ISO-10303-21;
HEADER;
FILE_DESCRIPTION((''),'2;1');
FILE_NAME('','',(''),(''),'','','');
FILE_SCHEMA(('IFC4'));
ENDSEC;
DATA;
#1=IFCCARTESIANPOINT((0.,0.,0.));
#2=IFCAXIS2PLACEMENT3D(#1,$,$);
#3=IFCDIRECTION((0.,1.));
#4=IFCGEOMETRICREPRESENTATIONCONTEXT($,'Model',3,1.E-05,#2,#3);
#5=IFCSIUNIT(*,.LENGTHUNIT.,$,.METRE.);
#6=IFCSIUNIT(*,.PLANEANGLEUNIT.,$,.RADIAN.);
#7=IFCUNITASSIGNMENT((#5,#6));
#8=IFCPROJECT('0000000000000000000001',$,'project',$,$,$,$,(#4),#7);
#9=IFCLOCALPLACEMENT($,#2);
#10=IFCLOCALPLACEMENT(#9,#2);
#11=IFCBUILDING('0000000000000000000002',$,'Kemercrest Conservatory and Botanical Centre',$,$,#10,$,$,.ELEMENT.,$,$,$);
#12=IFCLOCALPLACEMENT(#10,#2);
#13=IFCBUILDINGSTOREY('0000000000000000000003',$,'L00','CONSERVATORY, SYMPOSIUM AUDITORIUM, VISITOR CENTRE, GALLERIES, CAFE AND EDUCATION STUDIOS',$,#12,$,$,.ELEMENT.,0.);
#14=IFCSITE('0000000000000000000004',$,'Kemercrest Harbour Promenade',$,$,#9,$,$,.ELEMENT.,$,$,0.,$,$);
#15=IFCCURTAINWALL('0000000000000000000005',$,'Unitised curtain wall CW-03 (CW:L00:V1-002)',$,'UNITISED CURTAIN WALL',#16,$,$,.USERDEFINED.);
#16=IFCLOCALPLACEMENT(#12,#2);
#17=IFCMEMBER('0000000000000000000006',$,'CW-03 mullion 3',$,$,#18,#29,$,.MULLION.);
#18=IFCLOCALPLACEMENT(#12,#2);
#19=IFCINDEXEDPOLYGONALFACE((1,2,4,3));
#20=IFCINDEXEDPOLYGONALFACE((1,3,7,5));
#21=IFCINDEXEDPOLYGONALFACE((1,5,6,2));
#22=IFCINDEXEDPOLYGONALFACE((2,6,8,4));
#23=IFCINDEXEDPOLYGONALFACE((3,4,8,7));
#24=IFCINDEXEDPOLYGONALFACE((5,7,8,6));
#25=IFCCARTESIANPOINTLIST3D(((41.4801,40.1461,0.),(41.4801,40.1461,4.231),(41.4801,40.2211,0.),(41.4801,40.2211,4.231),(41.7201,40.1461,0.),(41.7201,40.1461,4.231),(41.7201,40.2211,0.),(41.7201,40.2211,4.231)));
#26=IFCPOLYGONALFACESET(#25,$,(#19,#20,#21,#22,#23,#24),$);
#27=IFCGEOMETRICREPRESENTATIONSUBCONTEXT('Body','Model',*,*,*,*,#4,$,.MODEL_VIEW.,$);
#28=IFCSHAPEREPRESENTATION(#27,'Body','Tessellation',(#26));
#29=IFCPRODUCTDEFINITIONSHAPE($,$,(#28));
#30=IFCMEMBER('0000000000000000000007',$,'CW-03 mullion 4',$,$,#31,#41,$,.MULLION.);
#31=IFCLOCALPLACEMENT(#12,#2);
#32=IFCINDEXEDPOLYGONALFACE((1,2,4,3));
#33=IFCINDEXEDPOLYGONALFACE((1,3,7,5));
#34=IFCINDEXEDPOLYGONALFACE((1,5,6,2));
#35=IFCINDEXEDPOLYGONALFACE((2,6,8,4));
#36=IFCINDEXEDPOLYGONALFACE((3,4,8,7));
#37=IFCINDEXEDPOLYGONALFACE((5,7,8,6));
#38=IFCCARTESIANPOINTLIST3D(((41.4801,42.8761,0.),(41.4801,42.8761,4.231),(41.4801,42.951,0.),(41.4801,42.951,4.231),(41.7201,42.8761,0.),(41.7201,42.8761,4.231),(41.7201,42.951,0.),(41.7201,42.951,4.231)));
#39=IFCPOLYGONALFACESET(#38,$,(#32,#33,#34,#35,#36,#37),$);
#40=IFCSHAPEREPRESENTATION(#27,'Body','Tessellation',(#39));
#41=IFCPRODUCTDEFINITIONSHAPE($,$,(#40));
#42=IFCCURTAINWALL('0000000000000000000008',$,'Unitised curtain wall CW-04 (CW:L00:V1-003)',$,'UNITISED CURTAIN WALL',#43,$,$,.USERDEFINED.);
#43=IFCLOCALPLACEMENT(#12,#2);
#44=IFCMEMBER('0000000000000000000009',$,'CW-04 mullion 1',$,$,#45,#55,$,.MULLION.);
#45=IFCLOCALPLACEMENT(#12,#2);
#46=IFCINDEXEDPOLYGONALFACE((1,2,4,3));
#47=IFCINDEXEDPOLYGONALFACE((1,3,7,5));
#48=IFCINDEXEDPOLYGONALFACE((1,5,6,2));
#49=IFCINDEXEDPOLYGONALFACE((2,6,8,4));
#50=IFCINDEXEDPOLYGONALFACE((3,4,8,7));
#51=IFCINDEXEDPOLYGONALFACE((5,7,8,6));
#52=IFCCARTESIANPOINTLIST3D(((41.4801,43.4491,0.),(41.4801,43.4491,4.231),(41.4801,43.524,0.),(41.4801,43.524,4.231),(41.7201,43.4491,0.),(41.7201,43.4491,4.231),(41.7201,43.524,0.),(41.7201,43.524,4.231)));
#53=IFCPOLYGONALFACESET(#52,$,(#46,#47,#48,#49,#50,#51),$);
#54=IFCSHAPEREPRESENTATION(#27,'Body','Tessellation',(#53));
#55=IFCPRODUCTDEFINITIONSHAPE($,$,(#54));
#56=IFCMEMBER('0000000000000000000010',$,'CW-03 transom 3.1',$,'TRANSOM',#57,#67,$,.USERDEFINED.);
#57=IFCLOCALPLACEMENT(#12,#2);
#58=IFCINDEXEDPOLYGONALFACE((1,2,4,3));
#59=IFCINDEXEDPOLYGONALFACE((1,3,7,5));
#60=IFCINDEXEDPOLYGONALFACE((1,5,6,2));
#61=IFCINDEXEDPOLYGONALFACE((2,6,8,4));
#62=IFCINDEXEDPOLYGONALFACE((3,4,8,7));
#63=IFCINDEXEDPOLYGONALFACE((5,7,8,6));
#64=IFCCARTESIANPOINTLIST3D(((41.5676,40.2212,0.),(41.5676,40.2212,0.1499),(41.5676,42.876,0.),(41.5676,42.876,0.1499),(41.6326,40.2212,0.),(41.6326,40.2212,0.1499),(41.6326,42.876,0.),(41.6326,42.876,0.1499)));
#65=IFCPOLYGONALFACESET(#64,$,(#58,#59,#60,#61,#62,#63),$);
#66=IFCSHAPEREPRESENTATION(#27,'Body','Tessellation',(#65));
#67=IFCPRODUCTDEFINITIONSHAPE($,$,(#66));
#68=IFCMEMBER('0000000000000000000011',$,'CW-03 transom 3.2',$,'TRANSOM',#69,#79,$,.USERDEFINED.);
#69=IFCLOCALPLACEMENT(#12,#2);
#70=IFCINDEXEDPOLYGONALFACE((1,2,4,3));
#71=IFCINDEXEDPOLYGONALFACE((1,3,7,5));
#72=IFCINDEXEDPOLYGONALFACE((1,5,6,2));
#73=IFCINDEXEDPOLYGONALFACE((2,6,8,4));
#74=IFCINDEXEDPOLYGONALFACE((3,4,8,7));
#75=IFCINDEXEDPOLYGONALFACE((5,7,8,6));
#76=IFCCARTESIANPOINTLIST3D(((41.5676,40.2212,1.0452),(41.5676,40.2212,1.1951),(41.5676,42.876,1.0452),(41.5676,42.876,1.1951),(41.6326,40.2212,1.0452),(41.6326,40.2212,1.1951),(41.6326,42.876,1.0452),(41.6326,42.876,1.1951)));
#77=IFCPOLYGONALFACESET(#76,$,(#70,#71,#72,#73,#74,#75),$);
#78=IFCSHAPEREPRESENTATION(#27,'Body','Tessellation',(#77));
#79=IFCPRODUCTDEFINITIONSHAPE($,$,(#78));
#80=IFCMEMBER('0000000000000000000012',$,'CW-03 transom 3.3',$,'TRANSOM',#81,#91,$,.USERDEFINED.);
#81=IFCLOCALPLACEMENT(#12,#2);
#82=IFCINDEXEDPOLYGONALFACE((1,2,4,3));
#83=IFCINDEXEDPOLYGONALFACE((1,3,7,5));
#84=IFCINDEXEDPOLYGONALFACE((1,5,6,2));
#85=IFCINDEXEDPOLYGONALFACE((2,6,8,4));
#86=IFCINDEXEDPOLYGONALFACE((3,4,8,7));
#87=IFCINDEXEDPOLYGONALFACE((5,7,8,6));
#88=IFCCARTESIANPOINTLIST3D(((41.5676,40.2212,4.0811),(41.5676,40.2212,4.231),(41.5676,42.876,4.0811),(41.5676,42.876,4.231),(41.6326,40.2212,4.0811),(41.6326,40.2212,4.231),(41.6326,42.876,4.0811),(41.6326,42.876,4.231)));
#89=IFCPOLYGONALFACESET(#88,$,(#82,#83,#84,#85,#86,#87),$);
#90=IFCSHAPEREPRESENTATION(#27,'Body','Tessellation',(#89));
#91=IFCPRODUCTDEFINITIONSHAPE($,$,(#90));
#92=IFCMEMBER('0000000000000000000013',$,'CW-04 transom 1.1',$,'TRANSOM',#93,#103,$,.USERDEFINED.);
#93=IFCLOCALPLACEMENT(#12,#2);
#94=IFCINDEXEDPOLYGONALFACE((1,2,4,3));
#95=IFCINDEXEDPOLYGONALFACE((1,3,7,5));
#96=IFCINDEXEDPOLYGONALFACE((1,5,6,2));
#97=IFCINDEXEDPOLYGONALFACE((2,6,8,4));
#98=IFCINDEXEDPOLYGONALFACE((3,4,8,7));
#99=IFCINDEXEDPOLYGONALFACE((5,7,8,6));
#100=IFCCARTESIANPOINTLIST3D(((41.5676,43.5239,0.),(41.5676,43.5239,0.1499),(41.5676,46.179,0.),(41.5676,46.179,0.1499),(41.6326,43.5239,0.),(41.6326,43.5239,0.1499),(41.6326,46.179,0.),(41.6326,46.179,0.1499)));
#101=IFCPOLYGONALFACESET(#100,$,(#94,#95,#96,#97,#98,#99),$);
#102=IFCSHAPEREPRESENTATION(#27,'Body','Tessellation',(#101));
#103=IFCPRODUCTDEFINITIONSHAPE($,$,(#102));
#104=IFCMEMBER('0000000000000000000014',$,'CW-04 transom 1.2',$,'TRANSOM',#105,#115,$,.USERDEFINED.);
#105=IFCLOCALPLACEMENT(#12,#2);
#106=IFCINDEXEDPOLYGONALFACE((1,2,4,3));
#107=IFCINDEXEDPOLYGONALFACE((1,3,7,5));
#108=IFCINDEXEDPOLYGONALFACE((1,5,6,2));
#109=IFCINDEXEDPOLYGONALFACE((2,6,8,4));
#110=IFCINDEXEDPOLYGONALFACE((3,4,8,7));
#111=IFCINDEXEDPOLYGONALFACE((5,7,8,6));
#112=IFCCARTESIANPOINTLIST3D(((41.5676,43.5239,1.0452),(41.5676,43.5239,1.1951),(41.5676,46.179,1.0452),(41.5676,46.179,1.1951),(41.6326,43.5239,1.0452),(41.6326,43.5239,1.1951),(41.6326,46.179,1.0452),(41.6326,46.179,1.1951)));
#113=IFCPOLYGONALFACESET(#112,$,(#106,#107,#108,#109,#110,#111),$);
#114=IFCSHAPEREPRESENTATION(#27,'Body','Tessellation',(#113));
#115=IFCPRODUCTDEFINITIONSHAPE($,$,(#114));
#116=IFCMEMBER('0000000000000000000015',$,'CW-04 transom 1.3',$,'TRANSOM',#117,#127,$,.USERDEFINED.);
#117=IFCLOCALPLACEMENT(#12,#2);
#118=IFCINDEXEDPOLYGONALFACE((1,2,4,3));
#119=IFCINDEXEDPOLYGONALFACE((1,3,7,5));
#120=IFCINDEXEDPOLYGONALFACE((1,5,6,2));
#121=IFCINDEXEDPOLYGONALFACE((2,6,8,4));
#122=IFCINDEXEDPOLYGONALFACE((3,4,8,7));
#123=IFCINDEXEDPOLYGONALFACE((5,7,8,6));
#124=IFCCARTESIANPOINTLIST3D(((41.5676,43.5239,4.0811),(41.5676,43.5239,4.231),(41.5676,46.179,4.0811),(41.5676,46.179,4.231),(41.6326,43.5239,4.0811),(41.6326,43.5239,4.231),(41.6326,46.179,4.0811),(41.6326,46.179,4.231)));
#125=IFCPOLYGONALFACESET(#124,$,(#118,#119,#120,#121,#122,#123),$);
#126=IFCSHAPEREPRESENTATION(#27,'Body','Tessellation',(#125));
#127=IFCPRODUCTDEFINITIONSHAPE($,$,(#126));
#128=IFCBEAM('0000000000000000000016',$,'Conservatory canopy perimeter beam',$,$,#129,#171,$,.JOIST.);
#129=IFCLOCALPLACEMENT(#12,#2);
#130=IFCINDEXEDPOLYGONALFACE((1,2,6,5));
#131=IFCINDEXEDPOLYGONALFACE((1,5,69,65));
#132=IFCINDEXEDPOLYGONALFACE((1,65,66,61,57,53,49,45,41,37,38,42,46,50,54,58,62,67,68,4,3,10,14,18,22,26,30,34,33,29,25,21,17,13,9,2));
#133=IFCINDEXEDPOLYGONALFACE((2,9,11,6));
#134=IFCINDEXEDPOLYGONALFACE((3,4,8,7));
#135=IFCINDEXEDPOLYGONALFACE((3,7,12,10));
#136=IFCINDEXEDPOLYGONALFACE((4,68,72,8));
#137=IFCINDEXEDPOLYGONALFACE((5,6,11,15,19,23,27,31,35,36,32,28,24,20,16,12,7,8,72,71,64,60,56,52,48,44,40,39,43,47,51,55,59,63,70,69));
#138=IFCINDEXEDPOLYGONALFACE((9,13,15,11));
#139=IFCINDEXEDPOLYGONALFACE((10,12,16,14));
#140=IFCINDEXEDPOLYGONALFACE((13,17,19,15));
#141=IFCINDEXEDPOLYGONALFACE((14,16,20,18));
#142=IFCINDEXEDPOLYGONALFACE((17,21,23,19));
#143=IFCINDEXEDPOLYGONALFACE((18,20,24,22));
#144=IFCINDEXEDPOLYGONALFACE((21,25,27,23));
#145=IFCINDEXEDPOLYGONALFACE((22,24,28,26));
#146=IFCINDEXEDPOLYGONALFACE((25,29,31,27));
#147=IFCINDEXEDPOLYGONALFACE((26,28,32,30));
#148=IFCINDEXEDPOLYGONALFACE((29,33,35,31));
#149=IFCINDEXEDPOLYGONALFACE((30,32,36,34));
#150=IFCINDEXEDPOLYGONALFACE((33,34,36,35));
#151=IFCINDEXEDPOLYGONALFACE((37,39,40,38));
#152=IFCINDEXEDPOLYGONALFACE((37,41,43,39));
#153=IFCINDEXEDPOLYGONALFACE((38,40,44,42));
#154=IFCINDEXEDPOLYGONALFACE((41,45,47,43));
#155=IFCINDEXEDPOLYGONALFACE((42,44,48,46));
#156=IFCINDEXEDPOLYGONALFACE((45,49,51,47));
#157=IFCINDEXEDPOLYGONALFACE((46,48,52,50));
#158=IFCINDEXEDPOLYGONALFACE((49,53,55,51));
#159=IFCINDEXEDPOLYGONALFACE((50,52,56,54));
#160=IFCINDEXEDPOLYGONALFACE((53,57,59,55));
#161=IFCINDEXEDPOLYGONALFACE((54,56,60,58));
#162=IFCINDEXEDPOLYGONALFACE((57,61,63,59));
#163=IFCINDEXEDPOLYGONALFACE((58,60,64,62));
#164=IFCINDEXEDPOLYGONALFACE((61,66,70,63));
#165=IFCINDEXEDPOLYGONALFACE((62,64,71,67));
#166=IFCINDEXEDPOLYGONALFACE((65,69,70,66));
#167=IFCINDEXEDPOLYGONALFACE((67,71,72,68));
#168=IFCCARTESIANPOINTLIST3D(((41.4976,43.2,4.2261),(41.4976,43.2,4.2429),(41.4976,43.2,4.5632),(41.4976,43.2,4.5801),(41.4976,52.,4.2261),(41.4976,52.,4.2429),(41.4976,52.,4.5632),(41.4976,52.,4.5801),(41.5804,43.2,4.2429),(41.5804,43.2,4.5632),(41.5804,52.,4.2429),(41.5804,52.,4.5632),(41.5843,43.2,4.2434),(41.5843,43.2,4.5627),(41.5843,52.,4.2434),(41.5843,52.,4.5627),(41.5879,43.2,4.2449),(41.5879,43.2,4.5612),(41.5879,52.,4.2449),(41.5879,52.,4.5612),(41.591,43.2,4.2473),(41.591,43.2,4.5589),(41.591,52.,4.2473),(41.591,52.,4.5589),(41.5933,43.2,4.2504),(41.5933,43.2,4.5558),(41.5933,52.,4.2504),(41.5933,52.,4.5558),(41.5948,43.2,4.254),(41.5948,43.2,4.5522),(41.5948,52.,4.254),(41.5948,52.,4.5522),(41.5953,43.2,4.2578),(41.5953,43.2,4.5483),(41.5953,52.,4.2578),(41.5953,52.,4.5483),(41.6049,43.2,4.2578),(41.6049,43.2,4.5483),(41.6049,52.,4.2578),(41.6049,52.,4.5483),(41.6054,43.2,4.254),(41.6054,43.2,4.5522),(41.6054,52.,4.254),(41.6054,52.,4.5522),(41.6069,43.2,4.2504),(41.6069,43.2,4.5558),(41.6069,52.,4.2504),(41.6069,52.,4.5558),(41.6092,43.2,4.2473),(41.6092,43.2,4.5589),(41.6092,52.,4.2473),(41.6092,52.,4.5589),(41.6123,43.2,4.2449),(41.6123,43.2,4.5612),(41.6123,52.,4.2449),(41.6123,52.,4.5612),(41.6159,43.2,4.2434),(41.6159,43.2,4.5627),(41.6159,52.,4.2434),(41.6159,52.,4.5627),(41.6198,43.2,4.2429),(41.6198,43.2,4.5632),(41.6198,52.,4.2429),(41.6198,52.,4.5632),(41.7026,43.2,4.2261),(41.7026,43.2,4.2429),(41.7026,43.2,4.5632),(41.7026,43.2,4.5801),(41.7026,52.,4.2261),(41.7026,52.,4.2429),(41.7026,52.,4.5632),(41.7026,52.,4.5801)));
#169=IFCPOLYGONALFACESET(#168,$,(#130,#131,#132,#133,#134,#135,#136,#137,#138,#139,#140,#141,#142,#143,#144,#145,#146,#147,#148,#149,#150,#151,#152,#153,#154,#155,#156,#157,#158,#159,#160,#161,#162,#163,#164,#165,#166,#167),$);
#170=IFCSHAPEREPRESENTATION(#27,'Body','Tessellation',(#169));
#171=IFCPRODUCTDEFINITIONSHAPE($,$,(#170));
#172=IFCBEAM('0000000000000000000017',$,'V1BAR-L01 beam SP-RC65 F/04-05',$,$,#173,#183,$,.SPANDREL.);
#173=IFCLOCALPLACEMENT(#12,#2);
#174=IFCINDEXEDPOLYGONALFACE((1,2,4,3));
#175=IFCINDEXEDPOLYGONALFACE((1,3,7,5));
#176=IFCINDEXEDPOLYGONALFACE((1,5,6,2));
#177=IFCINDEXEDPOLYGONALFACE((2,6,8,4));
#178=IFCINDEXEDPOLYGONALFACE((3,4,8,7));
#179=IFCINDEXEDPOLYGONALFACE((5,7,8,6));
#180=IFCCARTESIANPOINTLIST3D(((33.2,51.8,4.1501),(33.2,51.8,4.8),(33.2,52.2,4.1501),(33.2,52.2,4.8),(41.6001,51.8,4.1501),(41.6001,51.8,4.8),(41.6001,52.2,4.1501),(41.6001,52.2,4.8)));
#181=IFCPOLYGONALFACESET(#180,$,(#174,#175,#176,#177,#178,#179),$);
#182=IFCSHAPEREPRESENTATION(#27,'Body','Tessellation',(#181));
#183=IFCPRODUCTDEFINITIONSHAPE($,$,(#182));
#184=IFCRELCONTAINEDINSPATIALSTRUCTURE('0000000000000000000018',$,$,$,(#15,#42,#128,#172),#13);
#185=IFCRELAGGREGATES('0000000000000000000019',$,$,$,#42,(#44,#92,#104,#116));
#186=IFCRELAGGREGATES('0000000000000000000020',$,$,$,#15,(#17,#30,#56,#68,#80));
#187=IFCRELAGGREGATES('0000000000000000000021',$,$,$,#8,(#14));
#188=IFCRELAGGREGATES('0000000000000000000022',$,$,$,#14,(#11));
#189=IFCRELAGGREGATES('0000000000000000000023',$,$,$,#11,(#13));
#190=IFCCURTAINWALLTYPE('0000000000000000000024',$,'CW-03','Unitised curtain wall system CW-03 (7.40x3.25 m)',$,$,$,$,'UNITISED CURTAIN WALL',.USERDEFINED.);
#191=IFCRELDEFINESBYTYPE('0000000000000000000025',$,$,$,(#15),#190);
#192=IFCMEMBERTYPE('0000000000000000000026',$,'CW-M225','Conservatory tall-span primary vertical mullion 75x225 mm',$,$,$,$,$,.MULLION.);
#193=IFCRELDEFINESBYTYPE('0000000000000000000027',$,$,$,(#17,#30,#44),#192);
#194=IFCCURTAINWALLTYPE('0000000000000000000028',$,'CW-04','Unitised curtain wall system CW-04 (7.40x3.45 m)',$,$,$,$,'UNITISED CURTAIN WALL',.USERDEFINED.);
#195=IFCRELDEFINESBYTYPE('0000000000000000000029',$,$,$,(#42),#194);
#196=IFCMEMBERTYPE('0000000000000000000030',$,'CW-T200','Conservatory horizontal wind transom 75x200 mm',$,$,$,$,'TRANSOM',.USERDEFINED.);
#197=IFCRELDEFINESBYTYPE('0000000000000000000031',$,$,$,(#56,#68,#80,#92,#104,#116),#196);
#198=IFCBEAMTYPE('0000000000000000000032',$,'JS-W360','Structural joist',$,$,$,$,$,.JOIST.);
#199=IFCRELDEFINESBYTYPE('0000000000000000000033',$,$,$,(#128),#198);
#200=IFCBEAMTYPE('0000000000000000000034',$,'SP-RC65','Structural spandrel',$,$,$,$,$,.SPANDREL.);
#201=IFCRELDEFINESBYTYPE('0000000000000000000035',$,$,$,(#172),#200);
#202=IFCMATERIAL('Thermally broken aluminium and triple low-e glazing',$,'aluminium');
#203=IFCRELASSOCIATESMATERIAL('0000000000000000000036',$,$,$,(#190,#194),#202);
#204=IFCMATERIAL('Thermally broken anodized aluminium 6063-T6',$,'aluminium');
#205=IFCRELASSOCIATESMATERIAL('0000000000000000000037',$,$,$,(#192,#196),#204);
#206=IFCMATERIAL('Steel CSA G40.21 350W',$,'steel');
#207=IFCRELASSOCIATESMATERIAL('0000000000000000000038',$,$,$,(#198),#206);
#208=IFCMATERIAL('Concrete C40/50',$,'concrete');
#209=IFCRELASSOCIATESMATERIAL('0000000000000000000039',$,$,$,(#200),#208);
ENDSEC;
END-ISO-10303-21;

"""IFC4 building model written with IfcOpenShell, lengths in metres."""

from ifc_helpers import new_model, si_unit, direction, frame, origin, origin_2d, place, context, subcontext, project, spatial, rectangle, i_section, extrude, material, material_profile, profile_set, type_object, element, aggregate, save


model = new_model("IFC4")

# Units and contexts
model_context = context("Model", 3, precision=1e-05, world=origin(), true_north=direction((0.0, 1.0)))
body_context = subcontext(model_context, "Body", "Model", "MODEL_VIEW")
ifc_project = project(units=[si_unit("LENGTHUNIT", "METRE"), si_unit("PLANEANGLEUNIT", "RADIAN")], contexts=[model_context])

# Site, building, storey
site_placement = place(None, origin())
site = spatial("IfcSite", under=ifc_project, at=site_placement, Name="Kemercrest Harbour Promenade", CompositionType="ELEMENT", RefElevation=0.0)
building_placement = place(site_placement, origin())
building = spatial("IfcBuilding", under=site, at=building_placement, Name="Kemercrest Conservatory and Botanical Centre", CompositionType="ELEMENT")
storey_placement = place(building_placement, origin())
storey = spatial("IfcBuildingStorey", under=building, at=storey_placement, Name="L00", Description="CONSERVATORY, SYMPOSIUM AUDITORIUM, VISITOR CENTRE, GALLERIES, CAFE AND EDUCATION STUDIOS", CompositionType="ELEMENT", Elevation=0.0)

# Shared definitions
ifc_material_1 = material(Name="Steel CSA G40.21 350W", Category="steel")

# Shared definitions
ifc_material_2 = material(Name="Concrete C40/50", Category="concrete")

# Curtain wall, members
ifc_material_3 = material(Name="Thermally broken aluminium and triple low-e glazing", Category="aluminium")
curtain_wall_type_1 = type_object("IfcCurtainWallType", Name="CW-03", Description="Unitised curtain wall system CW-03 (7.40x3.25 m)", ElementType="UNITISED CURTAIN WALL", PredefinedType="USERDEFINED", material=ifc_material_3)
curtain_wall_1_placement = place(storey_placement, origin())
curtain_wall_1 = element("IfcCurtainWall", 1, at=curtain_wall_1_placement, inside=storey, type_object=curtain_wall_type_1, Name="Unitised curtain wall CW-03 (CW:L00:V1-002)", ObjectType="UNITISED CURTAIN WALL", PredefinedType="USERDEFINED")
ifc_material_4 = material(Name="Thermally broken anodized aluminium 6063-T6", Category="aluminium")
ifc_material_profile_1 = material_profile(ifc_material_4, rectangle(XDim=0.24, YDim=0.075, at=origin_2d()), Name="AL MULLION 75x240")
ifc_profile_set_1 = profile_set([ifc_material_profile_1], Name="Thermally broken anodized aluminium 6063-T6")
member_type_1 = type_object("IfcMemberType", Name="CW-M225", Description="Conservatory tall-span primary vertical mullion 75x225 mm", PredefinedType="MULLION", material=ifc_profile_set_1)
member_1_placement = place(storey_placement, frame((41.6001, 40.1836, 0.0), z_axis=(0.0, 0.0, 1.0), x_axis=(-1.0, 0.0, 0.0)))
member_1 = element("IfcMember", 2, at=member_1_placement, type_object=member_type_1, Name="CW-03 mullion 3", PredefinedType="MULLION", context=body_context, shape_type="SweptSolid", body=[
    extrude(rectangle(XDim=0.24, YDim=0.075, at=origin_2d()), origin(), (0.0, 0.0, 1.0), 4.231),
])
member_2_placement = place(storey_placement, frame((41.6001, 42.9136, 0.0), z_axis=(0.0, 0.0, 1.0), x_axis=(-1.0, 0.0, 0.0)))
member_2 = element("IfcMember", 3, at=member_2_placement, type_object=member_type_1, Name="CW-03 mullion 4", PredefinedType="MULLION", context=body_context, shape_type="SweptSolid", body=[
    extrude(rectangle(XDim=0.24, YDim=0.075, at=origin_2d()), origin(), (0.0, 0.0, 1.0), 4.231),
])

# Curtain wall, member
curtain_wall_type_2 = type_object("IfcCurtainWallType", Name="CW-04", Description="Unitised curtain wall system CW-04 (7.40x3.45 m)", ElementType="UNITISED CURTAIN WALL", PredefinedType="USERDEFINED", material=ifc_material_3)
curtain_wall_2_placement = place(storey_placement, origin())
curtain_wall_2 = element("IfcCurtainWall", 4, at=curtain_wall_2_placement, inside=storey, type_object=curtain_wall_type_2, Name="Unitised curtain wall CW-04 (CW:L00:V1-003)", ObjectType="UNITISED CURTAIN WALL", PredefinedType="USERDEFINED")
member_3_placement = place(storey_placement, frame((41.6001, 43.4866, 0.0), z_axis=(0.0, 0.0, 1.0), x_axis=(-1.0, 0.0, 0.0)))
member_3 = element("IfcMember", 5, at=member_3_placement, type_object=member_type_1, Name="CW-04 mullion 1", PredefinedType="MULLION", context=body_context, shape_type="SweptSolid", body=[
    extrude(rectangle(XDim=0.24, YDim=0.075, at=origin_2d()), origin(), (0.0, 0.0, 1.0), 4.231),
])

# Members
ifc_material_profile_2 = material_profile(ifc_material_4, rectangle(XDim=0.0649, YDim=0.1499, at=origin_2d()), Name="AL TRANSOM 65x150")
ifc_profile_set_2 = profile_set([ifc_material_profile_2], Name="Thermally broken anodized aluminium 6063-T6")
member_type_2 = type_object("IfcMemberType", Name="CW-T200", Description="Conservatory horizontal wind transom 75x200 mm", ElementType="TRANSOM", PredefinedType="USERDEFINED", material=ifc_profile_set_2)
member_4_placement = place(storey_placement, frame((41.6001, 40.2212, 0.075), z_axis=(0.0, 1.0, 0.0), x_axis=(-1.0, 0.0, 0.0)))
member_4 = element("IfcMember", 6, at=member_4_placement, type_object=member_type_2, Name="CW-03 transom 3.1", ObjectType="TRANSOM", PredefinedType="USERDEFINED", context=body_context, shape_type="SweptSolid", body=[
    extrude(rectangle(XDim=0.0649, YDim=0.1499, at=origin_2d()), origin(), (0.0, 0.0, 1.0), 2.6548),
])
member_5_placement = place(storey_placement, frame((41.6001, 40.2212, 1.1201), z_axis=(0.0, 1.0, 0.0), x_axis=(-1.0, 0.0, 0.0)))
member_5 = element("IfcMember", 7, at=member_5_placement, type_object=member_type_2, Name="CW-03 transom 3.2", ObjectType="TRANSOM", PredefinedType="USERDEFINED", context=body_context, shape_type="SweptSolid", body=[
    extrude(rectangle(XDim=0.0649, YDim=0.1499, at=origin_2d()), origin(), (0.0, 0.0, 1.0), 2.6548),
])
member_6_placement = place(storey_placement, frame((41.6001, 40.2212, 4.156), z_axis=(0.0, 1.0, 0.0), x_axis=(-1.0, 0.0, 0.0)))
member_6 = element("IfcMember", 8, at=member_6_placement, type_object=member_type_2, Name="CW-03 transom 3.3", ObjectType="TRANSOM", PredefinedType="USERDEFINED", context=body_context, shape_type="SweptSolid", body=[
    extrude(rectangle(XDim=0.0649, YDim=0.1499, at=origin_2d()), origin(), (0.0, 0.0, 1.0), 2.6548),
])
member_7_placement = place(storey_placement, frame((41.6001, 43.5239, 0.075), z_axis=(0.0, 1.0, 0.0), x_axis=(-1.0, 0.0, 0.0)))
member_7 = element("IfcMember", 9, at=member_7_placement, type_object=member_type_2, Name="CW-04 transom 1.1", ObjectType="TRANSOM", PredefinedType="USERDEFINED", context=body_context, shape_type="SweptSolid", body=[
    extrude(rectangle(XDim=0.0649, YDim=0.1499, at=origin_2d()), origin(), (0.0, 0.0, 1.0), 2.655),
])
member_8_placement = place(storey_placement, frame((41.6001, 43.5239, 1.1201), z_axis=(0.0, 1.0, 0.0), x_axis=(-1.0, 0.0, 0.0)))
member_8 = element("IfcMember", 10, at=member_8_placement, type_object=member_type_2, Name="CW-04 transom 1.2", ObjectType="TRANSOM", PredefinedType="USERDEFINED", context=body_context, shape_type="SweptSolid", body=[
    extrude(rectangle(XDim=0.0649, YDim=0.1499, at=origin_2d()), origin(), (0.0, 0.0, 1.0), 2.655),
])
member_9_placement = place(storey_placement, frame((41.6001, 43.5239, 4.156), z_axis=(0.0, 1.0, 0.0), x_axis=(-1.0, 0.0, 0.0)))
member_9 = element("IfcMember", 11, at=member_9_placement, type_object=member_type_2, Name="CW-04 transom 1.3", ObjectType="TRANSOM", PredefinedType="USERDEFINED", context=body_context, shape_type="SweptSolid", body=[
    extrude(rectangle(XDim=0.0649, YDim=0.1499, at=origin_2d()), origin(), (0.0, 0.0, 1.0), 2.655),
])
aggregate(curtain_wall_2, [member_3, member_7, member_8, member_9])

# Beams
ifc_material_profile_3 = material_profile(ifc_material_1, i_section(OverallWidth=0.2051, OverallDepth=0.354, WebThickness=0.0095, FlangeThickness=0.0168, FilletRadius=0.0149, at=origin_2d()), Name="W360X79")
ifc_profile_set_3 = profile_set([ifc_material_profile_3], Name="Steel CSA G40.21 350W")
beam_type_1 = type_object("IfcBeamType", Name="JS-W360", Description="Structural joist", PredefinedType="JOIST", material=ifc_profile_set_3)
beam_1_placement = place(storey_placement, frame((41.6001, 43.2, 4.4031), z_axis=(0.0, 1.0, 0.0), x_axis=(-1.0, 0.0, 0.0)))
element("IfcBeam", 12, at=beam_1_placement, inside=storey, type_object=beam_type_1, Name="Conservatory canopy perimeter beam", PredefinedType="JOIST", context=body_context, shape_type="SweptSolid", body=[
    extrude(i_section(OverallWidth=0.2051, OverallDepth=0.354, WebThickness=0.0095, FlangeThickness=0.0168, FilletRadius=0.0149, at=origin_2d()), origin(), (0.0, 0.0, 1.0), 8.8),
])
ifc_material_profile_4 = material_profile(ifc_material_2, rectangle(XDim=0.3999, YDim=0.6499, at=origin_2d()), Name="RC 400x650")
ifc_profile_set_4 = profile_set([ifc_material_profile_4], Name="Concrete C40/50")
beam_type_2 = type_object("IfcBeamType", Name="SP-RC65", Description="Structural spandrel", PredefinedType="SPANDREL", material=ifc_profile_set_4)
beam_2_placement = place(storey_placement, frame((33.2, 52.0, 4.4751), z_axis=(1.0, 0.0, 0.0), x_axis=(0.0, 1.0, 0.0)))
element("IfcBeam", 13, at=beam_2_placement, inside=storey, type_object=beam_type_2, Name="V1BAR-L01 beam SP-RC65 F/04-05", PredefinedType="SPANDREL", context=body_context, shape_type="SweptSolid", body=[
    extrude(rectangle(XDim=0.3999, YDim=0.6499, at=origin_2d()), origin(), (0.0, 0.0, 1.0), 8.4001),
])

aggregate(curtain_wall_1, [member_1, member_2, member_4, member_5, member_6])

save(model, "model.ifc")
